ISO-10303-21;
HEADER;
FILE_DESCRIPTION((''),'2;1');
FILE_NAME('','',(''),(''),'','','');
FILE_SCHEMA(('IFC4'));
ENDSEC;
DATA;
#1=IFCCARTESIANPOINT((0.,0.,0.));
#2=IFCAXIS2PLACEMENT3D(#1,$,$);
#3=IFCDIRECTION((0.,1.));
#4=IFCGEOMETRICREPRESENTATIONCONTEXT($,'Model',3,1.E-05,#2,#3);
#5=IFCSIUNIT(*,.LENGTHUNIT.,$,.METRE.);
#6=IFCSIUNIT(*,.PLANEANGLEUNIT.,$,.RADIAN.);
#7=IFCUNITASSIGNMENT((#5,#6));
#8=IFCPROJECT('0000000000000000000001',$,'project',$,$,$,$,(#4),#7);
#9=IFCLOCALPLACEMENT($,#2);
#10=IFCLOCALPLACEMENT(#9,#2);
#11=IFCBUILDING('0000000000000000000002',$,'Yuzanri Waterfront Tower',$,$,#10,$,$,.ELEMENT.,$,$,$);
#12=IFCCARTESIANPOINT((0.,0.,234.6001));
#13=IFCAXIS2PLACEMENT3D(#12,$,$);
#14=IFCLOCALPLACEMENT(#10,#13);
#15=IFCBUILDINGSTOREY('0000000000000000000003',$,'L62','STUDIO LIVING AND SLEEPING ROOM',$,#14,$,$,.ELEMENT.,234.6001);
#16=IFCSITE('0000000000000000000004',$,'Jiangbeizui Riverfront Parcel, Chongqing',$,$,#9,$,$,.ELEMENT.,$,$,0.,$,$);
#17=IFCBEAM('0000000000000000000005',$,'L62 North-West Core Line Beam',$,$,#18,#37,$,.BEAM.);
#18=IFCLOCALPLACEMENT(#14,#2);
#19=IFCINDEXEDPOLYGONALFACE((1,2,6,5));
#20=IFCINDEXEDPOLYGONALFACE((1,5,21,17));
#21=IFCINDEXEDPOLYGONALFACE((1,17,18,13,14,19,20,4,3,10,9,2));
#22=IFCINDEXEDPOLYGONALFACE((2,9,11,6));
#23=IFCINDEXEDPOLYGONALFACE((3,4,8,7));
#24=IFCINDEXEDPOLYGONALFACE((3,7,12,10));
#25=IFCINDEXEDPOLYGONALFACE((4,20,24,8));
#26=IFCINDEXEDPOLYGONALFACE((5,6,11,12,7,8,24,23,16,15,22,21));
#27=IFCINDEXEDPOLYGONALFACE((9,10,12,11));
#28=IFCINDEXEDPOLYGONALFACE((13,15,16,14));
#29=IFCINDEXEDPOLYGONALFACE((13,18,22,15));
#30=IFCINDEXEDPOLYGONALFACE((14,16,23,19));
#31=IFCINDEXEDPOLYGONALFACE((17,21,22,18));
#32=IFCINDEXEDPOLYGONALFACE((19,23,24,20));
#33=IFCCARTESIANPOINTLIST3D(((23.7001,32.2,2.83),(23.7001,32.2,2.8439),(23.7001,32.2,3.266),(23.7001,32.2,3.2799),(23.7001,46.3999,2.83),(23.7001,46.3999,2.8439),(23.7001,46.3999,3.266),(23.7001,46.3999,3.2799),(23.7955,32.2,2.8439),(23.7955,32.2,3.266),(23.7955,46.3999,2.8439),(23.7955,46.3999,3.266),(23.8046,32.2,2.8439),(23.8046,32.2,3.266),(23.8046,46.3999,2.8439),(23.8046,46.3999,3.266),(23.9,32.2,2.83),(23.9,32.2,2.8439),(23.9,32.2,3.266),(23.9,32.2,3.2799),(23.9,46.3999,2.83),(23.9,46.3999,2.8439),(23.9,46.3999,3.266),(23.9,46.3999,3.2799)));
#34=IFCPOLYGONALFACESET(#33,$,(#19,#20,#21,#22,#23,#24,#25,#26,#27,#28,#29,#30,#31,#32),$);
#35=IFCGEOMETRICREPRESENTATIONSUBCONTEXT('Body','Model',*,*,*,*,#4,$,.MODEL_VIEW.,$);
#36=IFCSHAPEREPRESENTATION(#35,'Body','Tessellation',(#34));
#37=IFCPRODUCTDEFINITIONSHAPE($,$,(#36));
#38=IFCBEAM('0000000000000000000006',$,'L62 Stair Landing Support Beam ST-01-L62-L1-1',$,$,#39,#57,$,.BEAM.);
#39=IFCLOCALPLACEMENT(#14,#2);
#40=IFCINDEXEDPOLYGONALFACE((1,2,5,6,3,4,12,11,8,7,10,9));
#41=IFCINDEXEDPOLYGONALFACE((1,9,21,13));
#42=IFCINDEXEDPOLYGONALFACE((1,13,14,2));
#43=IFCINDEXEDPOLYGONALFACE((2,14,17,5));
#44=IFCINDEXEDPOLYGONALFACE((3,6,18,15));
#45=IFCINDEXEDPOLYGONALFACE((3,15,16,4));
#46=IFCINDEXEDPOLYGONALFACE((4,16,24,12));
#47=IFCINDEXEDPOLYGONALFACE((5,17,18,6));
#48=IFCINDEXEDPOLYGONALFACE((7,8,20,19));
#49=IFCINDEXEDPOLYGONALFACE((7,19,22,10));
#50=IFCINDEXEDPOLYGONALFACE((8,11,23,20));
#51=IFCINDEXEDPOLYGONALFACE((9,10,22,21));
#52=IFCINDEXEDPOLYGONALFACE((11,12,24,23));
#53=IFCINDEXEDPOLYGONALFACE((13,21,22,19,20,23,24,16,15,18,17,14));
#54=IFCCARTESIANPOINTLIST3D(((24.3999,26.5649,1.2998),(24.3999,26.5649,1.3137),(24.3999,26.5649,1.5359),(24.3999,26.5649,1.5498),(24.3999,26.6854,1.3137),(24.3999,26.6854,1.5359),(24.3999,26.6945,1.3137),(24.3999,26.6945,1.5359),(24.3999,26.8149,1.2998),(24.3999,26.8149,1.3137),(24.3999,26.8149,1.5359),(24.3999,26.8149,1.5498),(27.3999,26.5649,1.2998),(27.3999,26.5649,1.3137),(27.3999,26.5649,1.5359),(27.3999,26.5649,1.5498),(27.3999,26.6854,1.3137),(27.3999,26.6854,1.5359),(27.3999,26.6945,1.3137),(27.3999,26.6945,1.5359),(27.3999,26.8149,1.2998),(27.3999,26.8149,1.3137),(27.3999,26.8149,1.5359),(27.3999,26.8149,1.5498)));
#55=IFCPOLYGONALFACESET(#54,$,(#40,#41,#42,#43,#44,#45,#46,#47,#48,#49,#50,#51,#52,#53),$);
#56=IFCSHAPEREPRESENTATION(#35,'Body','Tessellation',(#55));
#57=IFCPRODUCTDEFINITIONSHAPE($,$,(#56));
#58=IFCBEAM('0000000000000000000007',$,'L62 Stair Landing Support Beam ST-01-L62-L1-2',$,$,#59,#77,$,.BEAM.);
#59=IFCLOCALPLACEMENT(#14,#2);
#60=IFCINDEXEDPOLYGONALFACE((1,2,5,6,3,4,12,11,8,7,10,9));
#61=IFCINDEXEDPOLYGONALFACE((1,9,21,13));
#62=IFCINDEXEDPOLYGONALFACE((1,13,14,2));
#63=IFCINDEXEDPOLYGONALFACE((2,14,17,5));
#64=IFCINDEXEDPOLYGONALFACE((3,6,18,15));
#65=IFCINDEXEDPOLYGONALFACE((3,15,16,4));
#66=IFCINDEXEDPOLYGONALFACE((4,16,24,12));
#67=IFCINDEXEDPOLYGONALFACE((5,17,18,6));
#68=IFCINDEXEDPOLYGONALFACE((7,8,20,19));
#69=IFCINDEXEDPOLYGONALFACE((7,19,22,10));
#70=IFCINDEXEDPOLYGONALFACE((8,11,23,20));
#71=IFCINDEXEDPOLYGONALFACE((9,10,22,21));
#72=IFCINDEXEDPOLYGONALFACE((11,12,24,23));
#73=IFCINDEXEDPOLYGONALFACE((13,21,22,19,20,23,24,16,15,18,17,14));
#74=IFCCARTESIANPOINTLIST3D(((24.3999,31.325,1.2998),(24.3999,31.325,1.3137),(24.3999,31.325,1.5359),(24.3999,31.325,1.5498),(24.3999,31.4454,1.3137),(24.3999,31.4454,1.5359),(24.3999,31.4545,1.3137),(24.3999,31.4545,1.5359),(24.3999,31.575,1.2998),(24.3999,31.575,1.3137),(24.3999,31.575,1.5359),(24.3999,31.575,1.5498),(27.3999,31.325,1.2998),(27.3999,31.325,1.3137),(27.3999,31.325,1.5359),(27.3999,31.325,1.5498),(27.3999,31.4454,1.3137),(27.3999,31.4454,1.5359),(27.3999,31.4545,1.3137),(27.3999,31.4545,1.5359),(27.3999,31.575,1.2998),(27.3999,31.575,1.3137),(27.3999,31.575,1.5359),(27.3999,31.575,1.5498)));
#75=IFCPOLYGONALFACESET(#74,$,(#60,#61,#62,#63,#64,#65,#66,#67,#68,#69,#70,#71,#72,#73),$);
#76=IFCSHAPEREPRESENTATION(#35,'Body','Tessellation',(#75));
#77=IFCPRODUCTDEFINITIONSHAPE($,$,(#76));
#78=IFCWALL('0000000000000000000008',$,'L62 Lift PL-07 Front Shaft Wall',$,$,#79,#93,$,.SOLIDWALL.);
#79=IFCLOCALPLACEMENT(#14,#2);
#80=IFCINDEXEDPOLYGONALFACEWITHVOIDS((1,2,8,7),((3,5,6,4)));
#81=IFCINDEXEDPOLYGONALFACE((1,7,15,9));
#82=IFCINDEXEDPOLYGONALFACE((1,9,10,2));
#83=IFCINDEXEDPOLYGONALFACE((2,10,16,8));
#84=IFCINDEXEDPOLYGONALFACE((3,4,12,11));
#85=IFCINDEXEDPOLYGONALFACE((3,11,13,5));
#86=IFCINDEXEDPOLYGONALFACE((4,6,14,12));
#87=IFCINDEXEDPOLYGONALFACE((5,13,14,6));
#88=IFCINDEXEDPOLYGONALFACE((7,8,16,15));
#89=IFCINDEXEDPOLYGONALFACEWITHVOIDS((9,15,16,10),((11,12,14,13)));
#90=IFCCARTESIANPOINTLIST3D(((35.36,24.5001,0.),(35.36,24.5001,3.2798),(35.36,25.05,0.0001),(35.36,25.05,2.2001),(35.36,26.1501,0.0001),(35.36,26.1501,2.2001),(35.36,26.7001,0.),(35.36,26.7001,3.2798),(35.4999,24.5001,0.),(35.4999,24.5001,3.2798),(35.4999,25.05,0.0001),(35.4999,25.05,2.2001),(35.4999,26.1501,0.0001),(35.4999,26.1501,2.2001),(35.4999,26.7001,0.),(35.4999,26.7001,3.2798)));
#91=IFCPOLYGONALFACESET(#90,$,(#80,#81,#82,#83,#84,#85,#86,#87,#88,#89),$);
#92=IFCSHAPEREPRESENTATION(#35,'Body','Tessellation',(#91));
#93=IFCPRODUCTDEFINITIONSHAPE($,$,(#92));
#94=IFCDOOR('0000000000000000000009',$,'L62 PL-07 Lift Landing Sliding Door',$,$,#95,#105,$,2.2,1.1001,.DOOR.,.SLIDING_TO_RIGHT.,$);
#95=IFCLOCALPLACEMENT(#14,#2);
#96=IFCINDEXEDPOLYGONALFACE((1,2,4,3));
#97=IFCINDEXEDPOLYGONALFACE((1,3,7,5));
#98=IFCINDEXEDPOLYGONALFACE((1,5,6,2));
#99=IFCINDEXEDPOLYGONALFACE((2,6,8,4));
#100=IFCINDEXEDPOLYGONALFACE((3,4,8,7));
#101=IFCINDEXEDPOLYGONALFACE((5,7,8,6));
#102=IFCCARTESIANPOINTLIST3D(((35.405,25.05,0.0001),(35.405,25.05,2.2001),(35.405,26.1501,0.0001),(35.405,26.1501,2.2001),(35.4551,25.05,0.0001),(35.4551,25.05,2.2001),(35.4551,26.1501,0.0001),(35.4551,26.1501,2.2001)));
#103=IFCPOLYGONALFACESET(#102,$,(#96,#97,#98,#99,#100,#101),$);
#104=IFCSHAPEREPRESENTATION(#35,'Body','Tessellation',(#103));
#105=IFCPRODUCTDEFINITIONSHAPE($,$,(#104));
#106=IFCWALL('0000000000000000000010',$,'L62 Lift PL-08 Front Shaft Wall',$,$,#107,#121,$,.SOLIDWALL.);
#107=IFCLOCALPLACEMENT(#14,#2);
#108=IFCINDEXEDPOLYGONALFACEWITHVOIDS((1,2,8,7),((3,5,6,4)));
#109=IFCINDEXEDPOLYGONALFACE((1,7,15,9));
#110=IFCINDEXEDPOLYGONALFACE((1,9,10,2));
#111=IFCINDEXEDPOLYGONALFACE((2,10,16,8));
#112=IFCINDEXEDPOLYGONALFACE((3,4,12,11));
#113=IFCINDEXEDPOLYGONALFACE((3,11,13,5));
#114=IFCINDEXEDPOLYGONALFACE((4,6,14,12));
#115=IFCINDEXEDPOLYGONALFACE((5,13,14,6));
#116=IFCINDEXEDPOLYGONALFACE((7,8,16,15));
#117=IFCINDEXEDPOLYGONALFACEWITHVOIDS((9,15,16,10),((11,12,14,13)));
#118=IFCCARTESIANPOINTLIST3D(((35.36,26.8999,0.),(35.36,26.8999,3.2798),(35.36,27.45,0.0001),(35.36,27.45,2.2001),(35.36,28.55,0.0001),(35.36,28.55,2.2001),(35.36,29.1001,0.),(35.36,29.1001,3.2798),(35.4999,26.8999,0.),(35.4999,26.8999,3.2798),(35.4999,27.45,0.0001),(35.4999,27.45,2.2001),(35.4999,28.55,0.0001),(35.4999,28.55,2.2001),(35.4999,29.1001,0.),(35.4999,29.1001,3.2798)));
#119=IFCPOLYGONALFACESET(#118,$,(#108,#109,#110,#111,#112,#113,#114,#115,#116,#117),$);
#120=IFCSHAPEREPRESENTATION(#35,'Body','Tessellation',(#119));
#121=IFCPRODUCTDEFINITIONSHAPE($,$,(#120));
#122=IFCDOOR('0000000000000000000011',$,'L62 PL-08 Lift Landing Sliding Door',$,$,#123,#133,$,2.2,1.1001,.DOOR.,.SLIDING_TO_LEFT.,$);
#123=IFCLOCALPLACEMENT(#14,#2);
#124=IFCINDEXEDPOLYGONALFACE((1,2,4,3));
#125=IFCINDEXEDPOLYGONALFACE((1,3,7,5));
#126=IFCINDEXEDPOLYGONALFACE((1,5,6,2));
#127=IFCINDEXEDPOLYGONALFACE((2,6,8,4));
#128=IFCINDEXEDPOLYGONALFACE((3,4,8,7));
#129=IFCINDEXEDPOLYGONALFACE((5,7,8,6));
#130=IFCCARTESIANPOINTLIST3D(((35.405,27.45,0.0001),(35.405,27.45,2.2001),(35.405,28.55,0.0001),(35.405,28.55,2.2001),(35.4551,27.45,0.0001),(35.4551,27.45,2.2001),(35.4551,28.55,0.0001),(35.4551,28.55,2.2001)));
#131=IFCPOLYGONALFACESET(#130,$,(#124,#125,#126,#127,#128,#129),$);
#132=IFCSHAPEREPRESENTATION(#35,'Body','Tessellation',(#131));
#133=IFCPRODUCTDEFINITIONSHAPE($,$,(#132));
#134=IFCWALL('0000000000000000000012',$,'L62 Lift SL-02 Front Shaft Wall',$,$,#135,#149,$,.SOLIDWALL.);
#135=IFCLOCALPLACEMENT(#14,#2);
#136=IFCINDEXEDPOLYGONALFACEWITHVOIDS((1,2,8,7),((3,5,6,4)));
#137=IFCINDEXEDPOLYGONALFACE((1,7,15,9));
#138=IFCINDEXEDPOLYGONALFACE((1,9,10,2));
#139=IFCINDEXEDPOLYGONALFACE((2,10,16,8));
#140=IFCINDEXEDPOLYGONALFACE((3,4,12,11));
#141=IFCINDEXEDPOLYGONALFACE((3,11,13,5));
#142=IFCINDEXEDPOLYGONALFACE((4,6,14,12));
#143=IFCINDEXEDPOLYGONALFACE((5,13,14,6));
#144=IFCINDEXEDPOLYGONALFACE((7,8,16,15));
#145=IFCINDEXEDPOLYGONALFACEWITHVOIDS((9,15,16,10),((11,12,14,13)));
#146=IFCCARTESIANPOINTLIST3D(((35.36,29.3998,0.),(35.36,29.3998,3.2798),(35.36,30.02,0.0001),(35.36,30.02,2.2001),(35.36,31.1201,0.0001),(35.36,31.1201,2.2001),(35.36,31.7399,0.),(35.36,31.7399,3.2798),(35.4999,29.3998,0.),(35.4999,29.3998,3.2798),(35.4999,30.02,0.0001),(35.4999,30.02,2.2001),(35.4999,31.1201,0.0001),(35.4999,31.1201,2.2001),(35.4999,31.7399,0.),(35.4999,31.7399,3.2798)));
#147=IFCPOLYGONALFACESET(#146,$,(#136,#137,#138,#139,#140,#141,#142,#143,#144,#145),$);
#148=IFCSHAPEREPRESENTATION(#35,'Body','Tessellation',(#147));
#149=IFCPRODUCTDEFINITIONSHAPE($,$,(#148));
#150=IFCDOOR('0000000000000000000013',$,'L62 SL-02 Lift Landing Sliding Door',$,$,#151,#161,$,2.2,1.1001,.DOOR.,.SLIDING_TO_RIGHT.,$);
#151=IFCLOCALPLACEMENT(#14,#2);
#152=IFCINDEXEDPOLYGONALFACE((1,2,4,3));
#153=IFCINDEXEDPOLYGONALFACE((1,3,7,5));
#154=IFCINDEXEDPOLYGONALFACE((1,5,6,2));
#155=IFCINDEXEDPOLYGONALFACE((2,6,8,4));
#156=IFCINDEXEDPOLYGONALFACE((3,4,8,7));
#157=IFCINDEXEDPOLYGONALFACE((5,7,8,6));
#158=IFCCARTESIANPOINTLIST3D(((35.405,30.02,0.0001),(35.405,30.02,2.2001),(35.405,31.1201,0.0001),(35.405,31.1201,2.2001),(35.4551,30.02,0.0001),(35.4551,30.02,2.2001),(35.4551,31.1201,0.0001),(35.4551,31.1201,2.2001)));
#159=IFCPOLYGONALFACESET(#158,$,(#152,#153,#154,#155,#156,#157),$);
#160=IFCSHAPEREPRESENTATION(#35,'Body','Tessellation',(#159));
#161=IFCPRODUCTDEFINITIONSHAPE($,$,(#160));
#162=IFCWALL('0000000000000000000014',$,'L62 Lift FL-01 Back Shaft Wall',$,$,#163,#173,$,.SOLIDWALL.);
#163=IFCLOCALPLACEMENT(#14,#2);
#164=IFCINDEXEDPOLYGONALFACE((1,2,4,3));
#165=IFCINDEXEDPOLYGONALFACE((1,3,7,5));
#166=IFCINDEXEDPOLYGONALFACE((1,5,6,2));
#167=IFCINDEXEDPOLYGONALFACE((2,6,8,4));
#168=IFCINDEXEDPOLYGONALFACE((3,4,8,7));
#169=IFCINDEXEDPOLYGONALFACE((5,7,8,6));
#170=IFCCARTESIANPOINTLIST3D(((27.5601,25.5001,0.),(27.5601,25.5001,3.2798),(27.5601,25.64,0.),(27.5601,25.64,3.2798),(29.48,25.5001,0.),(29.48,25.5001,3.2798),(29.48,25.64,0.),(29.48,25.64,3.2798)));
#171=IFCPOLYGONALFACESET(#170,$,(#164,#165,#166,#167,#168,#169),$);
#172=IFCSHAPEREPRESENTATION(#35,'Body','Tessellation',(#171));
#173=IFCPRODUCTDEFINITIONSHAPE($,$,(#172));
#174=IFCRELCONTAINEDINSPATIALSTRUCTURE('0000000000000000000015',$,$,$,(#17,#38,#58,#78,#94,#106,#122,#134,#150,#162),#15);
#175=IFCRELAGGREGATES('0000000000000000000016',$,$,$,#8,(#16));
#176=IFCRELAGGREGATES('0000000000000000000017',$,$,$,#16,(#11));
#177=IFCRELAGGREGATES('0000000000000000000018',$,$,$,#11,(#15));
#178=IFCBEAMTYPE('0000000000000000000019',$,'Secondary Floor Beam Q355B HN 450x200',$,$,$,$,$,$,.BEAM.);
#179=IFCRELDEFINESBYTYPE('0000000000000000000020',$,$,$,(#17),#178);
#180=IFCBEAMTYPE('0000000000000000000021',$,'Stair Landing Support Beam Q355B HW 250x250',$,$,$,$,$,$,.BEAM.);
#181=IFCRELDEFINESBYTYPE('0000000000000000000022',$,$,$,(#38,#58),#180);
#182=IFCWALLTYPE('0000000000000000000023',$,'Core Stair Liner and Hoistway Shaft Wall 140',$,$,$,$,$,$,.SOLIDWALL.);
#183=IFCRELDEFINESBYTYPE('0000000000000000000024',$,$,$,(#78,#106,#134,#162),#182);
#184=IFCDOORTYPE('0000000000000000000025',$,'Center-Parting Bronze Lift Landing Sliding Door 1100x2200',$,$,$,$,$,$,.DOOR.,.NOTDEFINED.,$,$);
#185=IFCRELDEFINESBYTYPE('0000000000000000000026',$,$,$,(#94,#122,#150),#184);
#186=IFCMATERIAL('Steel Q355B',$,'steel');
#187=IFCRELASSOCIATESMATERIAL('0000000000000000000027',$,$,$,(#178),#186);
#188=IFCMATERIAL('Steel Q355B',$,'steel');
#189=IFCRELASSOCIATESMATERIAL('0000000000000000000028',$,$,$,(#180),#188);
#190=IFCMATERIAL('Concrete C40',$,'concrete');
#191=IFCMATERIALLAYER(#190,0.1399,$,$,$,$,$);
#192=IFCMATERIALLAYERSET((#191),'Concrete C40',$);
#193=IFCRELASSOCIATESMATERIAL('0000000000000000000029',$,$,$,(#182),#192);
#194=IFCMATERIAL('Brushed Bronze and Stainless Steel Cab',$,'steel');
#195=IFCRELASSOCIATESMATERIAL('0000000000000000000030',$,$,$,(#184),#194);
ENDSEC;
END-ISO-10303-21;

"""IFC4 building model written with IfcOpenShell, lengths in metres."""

from ifc_helpers import new_model, si_unit, direction, frame, frame_2d, origin, origin_2d, place, context, subcontext, project, spatial, rectangle, i_section, extrude, source, transform, mapped, material, layer, layer_set, material_profile, profile_set, type_object, element, fill, save


model = new_model("IFC4")

# Units and contexts
model_context = context("Model", 3, precision=1e-05, world=origin(), true_north=direction((0.0, 1.0)))
body_context = subcontext(model_context, "Body", "Model", "MODEL_VIEW")
ifc_project = project(units=[si_unit("LENGTHUNIT", "METRE"), si_unit("PLANEANGLEUNIT", "RADIAN")], contexts=[model_context])

# Site, building, storey
site_placement = place(None, origin())
site = spatial("IfcSite", under=ifc_project, at=site_placement, Name="Jiangbeizui Riverfront Parcel, Chongqing", CompositionType="ELEMENT", RefElevation=0.0)
building_placement = place(site_placement, origin())
building = spatial("IfcBuilding", under=site, at=building_placement, Name="Yuzanri Waterfront Tower", CompositionType="ELEMENT")
storey_placement = place(building_placement, frame((0.0, 0.0, 234.6001)))
storey = spatial("IfcBuildingStorey", under=building, at=storey_placement, Name="L62", Description="STUDIO LIVING AND SLEEPING ROOM", CompositionType="ELEMENT", Elevation=234.6001)

# Beams
ifc_material_1 = material(Name="Steel Q355B", Category="steel")
ifc_material_profile_1 = material_profile(ifc_material_1, i_section(OverallWidth=0.2, OverallDepth=0.45, WebThickness=0.009, FlangeThickness=0.0139, at=origin_2d()), Name="HN 450x200x9x14")
ifc_profile_set_1 = profile_set([ifc_material_profile_1], Name="Steel Q355B")
beam_type_1 = type_object("IfcBeamType", Name="Secondary Floor Beam Q355B HN 450x200", PredefinedType="BEAM", material=ifc_profile_set_1)
shared_shape_1 = source(origin(), body_context, "Body", "SweptSolid", [
    extrude(i_section(OverallWidth=0.2, OverallDepth=0.45, WebThickness=0.009, FlangeThickness=0.0139, at=origin_2d()), origin(), (0.0, 0.0, 1.0), 14.2),
])
beam_placement = place(storey_placement, frame((23.8, 32.2, 3.0549), z_axis=(0.0, 1.0, 0.0), x_axis=(-1.0, 0.0, 0.0)))
element("IfcBeam", 1, at=beam_placement, inside=storey, type_object=beam_type_1, Name="L62 North-West Core Line Beam", PredefinedType="BEAM", context=body_context, shape_type="MappedRepresentation", body=[
    mapped(shared_shape_1, transform((0.0, 0.0, 0.0), scale=1.0)),
])
ifc_material_2 = material(Name="Steel Q355B", Category="steel")
ifc_material_profile_2 = material_profile(ifc_material_2, i_section(OverallWidth=0.25, OverallDepth=0.25, WebThickness=0.009, FlangeThickness=0.0139, at=origin_2d()), Name="HW 250x250x9x14")
ifc_profile_set_2 = profile_set([ifc_material_profile_2], Name="Steel Q355B")
beam_type_2 = type_object("IfcBeamType", Name="Stair Landing Support Beam Q355B HW 250x250", PredefinedType="BEAM", material=ifc_profile_set_2)
shared_shape_2 = source(origin(), body_context, "Body", "SweptSolid", [
    extrude(i_section(OverallWidth=0.25, OverallDepth=0.25, WebThickness=0.009, FlangeThickness=0.0139, at=origin_2d()), origin(), (0.0, 0.0, 1.0), 3.0),
])
for number, where, z_axis, x_axis, name in (
    (2, (24.3999, 26.6899, 1.4248), (1.0, 0.0, 0.0), (0.0, 1.0, 0.0), "L62 Stair Landing Support Beam ST-01-L62-L1-1"),
    (3, (24.3999, 31.45, 1.4248), (1.0, 0.0, 0.0), (0.0, 1.0, 0.0), "L62 Stair Landing Support Beam ST-01-L62-L1-2"),
):
    element("IfcBeam", number, at=place(storey_placement, frame(where, z_axis=z_axis, x_axis=x_axis)), inside=storey, type_object=beam_type_2, Name=name, PredefinedType="BEAM", context=body_context, shape_type="MappedRepresentation", body=[
        mapped(shared_shape_2, transform((0.0, 0.0, 0.0), scale=1.0)),
    ])

# Walls, openings, doors
ifc_material_3 = material(Name="Concrete C40", Category="concrete")
ifc_layer_1 = layer(ifc_material_3, 0.1399)
ifc_layer_set_1 = layer_set([ifc_layer_1], Name="Concrete C40")
wall_type_1 = type_object("IfcWallType", Name="Core Stair Liner and Hoistway Shaft Wall 140", PredefinedType="SOLIDWALL", material=ifc_layer_set_1)
wall_1_placement = place(storey_placement, frame((35.4299, 24.5, 0.0), z_axis=(0.0, 0.0, 1.0), x_axis=(0.0, 1.0, 0.0)))
wall_1 = element("IfcWall", 4, at=wall_1_placement, inside=storey, type_object=wall_type_1, Name="L62 Lift PL-07 Front Shaft Wall", PredefinedType="SOLIDWALL", context=body_context, shape_type="SweptSolid", body=[
    extrude(rectangle(XDim=2.2, YDim=0.1399, at=frame_2d((1.1001, 0.0))), origin(), (0.0, 0.0, 1.0), 3.2798),
])
opening_1_placement = place(wall_1_placement, frame((0.55, 0.0, 0.0)))
opening_1 = element("IfcOpeningElement", 5, at=opening_1_placement, cuts=wall_1, PredefinedType="OPENING", context=body_context, shape_type="SweptSolid", body=[
    extrude(rectangle(XDim=1.1001, YDim=2.2, at=frame_2d((0.55, 1.1001))), frame((0.0, 0.085, 0.0), z_axis=(0.0, -1.0, 0.0), x_axis=(1.0, 0.0, 0.0)), (0.0, 0.0, 1.0), 0.1697),
])
ifc_material_4 = material(Name="Brushed Bronze and Stainless Steel Cab", Category="steel")
door_type_1 = type_object("IfcDoorType", Name="Center-Parting Bronze Lift Landing Sliding Door 1100x2200", OperationType="NOTDEFINED", PredefinedType="DOOR", material=ifc_material_4)
shared_shape_3 = source(origin(), body_context, "Body", "SweptSolid", [
    extrude(rectangle(XDim=1.1001, YDim=2.2, at=frame_2d((0.55, 1.1001))), frame((0.0, 0.0249, 0.0), z_axis=(0.0, -1.0, 0.0), x_axis=(1.0, 0.0, 0.0)), (0.0, 0.0, 1.0), 0.05),
])
door_1_placement = place(opening_1_placement, origin())
door_1 = element("IfcDoor", 6, at=door_1_placement, inside=storey, type_object=door_type_1, Name="L62 PL-07 Lift Landing Sliding Door", OperationType="SLIDING_TO_RIGHT", OverallHeight=2.2, OverallWidth=1.1001, PredefinedType="DOOR", context=body_context, shape_type="MappedRepresentation", body=[
    mapped(shared_shape_3, transform((0.0, 0.0, 0.0), scale=1.0)),
])
fill(opening_1, door_1)
wall_2_placement = place(storey_placement, frame((35.4299, 26.8999, 0.0), z_axis=(0.0, 0.0, 1.0), x_axis=(0.0, 1.0, 0.0)))
wall_2 = element("IfcWall", 7, at=wall_2_placement, inside=storey, type_object=wall_type_1, Name="L62 Lift PL-08 Front Shaft Wall", PredefinedType="SOLIDWALL", context=body_context, shape_type="SweptSolid", body=[
    extrude(rectangle(XDim=2.2002, YDim=0.1399, at=frame_2d((1.1001, 0.0))), origin(), (0.0, 0.0, 1.0), 3.2798),
])
opening_2_placement = place(wall_2_placement, frame((0.55, 0.0, 0.0)))
opening_2 = element("IfcOpeningElement", 8, at=opening_2_placement, cuts=wall_2, PredefinedType="OPENING", context=body_context, shape_type="SweptSolid", body=[
    extrude(rectangle(XDim=1.1001, YDim=2.2, at=frame_2d((0.55, 1.1001))), frame((0.0, 0.085, 0.0), z_axis=(0.0, -1.0, 0.0), x_axis=(1.0, 0.0, 0.0)), (0.0, 0.0, 1.0), 0.1697),
])
door_2_placement = place(opening_2_placement, origin())
door_2 = element("IfcDoor", 9, at=door_2_placement, inside=storey, type_object=door_type_1, Name="L62 PL-08 Lift Landing Sliding Door", OperationType="SLIDING_TO_LEFT", OverallHeight=2.2, OverallWidth=1.1001, PredefinedType="DOOR", context=body_context, shape_type="MappedRepresentation", body=[
    mapped(shared_shape_3, transform((0.0, 0.0, 0.0), scale=1.0)),
])
fill(opening_2, door_2)
wall_3_placement = place(storey_placement, frame((35.4299, 29.3999, 0.0), z_axis=(0.0, 0.0, 1.0), x_axis=(0.0, 1.0, 0.0)))
wall_3 = element("IfcWall", 10, at=wall_3_placement, inside=storey, type_object=wall_type_1, Name="L62 Lift SL-02 Front Shaft Wall", PredefinedType="SOLIDWALL", context=body_context, shape_type="SweptSolid", body=[
    extrude(rectangle(XDim=2.3401, YDim=0.1399, at=frame_2d((1.1699, 0.0))), origin(), (0.0, 0.0, 1.0), 3.2798),
])
opening_3_placement = place(wall_3_placement, frame((0.6201, 0.0, 0.0)))
opening_3 = element("IfcOpeningElement", 11, at=opening_3_placement, cuts=wall_3, PredefinedType="OPENING", context=body_context, shape_type="SweptSolid", body=[
    extrude(rectangle(XDim=1.1001, YDim=2.2, at=frame_2d((0.55, 1.1001))), frame((0.0, 0.085, 0.0), z_axis=(0.0, -1.0, 0.0), x_axis=(1.0, 0.0, 0.0)), (0.0, 0.0, 1.0), 0.1697),
])
door_3_placement = place(opening_3_placement, origin())
door_3 = element("IfcDoor", 12, at=door_3_placement, inside=storey, type_object=door_type_1, Name="L62 SL-02 Lift Landing Sliding Door", OperationType="SLIDING_TO_RIGHT", OverallHeight=2.2, OverallWidth=1.1001, PredefinedType="DOOR", context=body_context, shape_type="MappedRepresentation", body=[
    mapped(shared_shape_3, transform((0.0, 0.0, 0.0), scale=1.0)),
])
fill(opening_3, door_3)

# Wall
shared_shape_4 = source(origin(), body_context, "Body", "SweptSolid", [
    extrude(rectangle(XDim=1.9199, YDim=0.1399, at=frame_2d((0.96, 0.0))), origin(), (0.0, 0.0, 1.0), 3.2798),
])
wall_4_placement = place(storey_placement, frame((27.5601, 25.5701, 0.0), z_axis=(0.0, 0.0, 1.0), x_axis=(1.0, 0.0, 0.0)))
element("IfcWall", 13, at=wall_4_placement, inside=storey, type_object=wall_type_1, Name="L62 Lift FL-01 Back Shaft Wall", PredefinedType="SOLIDWALL", context=body_context, shape_type="MappedRepresentation", body=[
    mapped(shared_shape_4, transform((0.0, 0.0, 0.0), scale=1.0)),
])

save(model, "model.ifc")
